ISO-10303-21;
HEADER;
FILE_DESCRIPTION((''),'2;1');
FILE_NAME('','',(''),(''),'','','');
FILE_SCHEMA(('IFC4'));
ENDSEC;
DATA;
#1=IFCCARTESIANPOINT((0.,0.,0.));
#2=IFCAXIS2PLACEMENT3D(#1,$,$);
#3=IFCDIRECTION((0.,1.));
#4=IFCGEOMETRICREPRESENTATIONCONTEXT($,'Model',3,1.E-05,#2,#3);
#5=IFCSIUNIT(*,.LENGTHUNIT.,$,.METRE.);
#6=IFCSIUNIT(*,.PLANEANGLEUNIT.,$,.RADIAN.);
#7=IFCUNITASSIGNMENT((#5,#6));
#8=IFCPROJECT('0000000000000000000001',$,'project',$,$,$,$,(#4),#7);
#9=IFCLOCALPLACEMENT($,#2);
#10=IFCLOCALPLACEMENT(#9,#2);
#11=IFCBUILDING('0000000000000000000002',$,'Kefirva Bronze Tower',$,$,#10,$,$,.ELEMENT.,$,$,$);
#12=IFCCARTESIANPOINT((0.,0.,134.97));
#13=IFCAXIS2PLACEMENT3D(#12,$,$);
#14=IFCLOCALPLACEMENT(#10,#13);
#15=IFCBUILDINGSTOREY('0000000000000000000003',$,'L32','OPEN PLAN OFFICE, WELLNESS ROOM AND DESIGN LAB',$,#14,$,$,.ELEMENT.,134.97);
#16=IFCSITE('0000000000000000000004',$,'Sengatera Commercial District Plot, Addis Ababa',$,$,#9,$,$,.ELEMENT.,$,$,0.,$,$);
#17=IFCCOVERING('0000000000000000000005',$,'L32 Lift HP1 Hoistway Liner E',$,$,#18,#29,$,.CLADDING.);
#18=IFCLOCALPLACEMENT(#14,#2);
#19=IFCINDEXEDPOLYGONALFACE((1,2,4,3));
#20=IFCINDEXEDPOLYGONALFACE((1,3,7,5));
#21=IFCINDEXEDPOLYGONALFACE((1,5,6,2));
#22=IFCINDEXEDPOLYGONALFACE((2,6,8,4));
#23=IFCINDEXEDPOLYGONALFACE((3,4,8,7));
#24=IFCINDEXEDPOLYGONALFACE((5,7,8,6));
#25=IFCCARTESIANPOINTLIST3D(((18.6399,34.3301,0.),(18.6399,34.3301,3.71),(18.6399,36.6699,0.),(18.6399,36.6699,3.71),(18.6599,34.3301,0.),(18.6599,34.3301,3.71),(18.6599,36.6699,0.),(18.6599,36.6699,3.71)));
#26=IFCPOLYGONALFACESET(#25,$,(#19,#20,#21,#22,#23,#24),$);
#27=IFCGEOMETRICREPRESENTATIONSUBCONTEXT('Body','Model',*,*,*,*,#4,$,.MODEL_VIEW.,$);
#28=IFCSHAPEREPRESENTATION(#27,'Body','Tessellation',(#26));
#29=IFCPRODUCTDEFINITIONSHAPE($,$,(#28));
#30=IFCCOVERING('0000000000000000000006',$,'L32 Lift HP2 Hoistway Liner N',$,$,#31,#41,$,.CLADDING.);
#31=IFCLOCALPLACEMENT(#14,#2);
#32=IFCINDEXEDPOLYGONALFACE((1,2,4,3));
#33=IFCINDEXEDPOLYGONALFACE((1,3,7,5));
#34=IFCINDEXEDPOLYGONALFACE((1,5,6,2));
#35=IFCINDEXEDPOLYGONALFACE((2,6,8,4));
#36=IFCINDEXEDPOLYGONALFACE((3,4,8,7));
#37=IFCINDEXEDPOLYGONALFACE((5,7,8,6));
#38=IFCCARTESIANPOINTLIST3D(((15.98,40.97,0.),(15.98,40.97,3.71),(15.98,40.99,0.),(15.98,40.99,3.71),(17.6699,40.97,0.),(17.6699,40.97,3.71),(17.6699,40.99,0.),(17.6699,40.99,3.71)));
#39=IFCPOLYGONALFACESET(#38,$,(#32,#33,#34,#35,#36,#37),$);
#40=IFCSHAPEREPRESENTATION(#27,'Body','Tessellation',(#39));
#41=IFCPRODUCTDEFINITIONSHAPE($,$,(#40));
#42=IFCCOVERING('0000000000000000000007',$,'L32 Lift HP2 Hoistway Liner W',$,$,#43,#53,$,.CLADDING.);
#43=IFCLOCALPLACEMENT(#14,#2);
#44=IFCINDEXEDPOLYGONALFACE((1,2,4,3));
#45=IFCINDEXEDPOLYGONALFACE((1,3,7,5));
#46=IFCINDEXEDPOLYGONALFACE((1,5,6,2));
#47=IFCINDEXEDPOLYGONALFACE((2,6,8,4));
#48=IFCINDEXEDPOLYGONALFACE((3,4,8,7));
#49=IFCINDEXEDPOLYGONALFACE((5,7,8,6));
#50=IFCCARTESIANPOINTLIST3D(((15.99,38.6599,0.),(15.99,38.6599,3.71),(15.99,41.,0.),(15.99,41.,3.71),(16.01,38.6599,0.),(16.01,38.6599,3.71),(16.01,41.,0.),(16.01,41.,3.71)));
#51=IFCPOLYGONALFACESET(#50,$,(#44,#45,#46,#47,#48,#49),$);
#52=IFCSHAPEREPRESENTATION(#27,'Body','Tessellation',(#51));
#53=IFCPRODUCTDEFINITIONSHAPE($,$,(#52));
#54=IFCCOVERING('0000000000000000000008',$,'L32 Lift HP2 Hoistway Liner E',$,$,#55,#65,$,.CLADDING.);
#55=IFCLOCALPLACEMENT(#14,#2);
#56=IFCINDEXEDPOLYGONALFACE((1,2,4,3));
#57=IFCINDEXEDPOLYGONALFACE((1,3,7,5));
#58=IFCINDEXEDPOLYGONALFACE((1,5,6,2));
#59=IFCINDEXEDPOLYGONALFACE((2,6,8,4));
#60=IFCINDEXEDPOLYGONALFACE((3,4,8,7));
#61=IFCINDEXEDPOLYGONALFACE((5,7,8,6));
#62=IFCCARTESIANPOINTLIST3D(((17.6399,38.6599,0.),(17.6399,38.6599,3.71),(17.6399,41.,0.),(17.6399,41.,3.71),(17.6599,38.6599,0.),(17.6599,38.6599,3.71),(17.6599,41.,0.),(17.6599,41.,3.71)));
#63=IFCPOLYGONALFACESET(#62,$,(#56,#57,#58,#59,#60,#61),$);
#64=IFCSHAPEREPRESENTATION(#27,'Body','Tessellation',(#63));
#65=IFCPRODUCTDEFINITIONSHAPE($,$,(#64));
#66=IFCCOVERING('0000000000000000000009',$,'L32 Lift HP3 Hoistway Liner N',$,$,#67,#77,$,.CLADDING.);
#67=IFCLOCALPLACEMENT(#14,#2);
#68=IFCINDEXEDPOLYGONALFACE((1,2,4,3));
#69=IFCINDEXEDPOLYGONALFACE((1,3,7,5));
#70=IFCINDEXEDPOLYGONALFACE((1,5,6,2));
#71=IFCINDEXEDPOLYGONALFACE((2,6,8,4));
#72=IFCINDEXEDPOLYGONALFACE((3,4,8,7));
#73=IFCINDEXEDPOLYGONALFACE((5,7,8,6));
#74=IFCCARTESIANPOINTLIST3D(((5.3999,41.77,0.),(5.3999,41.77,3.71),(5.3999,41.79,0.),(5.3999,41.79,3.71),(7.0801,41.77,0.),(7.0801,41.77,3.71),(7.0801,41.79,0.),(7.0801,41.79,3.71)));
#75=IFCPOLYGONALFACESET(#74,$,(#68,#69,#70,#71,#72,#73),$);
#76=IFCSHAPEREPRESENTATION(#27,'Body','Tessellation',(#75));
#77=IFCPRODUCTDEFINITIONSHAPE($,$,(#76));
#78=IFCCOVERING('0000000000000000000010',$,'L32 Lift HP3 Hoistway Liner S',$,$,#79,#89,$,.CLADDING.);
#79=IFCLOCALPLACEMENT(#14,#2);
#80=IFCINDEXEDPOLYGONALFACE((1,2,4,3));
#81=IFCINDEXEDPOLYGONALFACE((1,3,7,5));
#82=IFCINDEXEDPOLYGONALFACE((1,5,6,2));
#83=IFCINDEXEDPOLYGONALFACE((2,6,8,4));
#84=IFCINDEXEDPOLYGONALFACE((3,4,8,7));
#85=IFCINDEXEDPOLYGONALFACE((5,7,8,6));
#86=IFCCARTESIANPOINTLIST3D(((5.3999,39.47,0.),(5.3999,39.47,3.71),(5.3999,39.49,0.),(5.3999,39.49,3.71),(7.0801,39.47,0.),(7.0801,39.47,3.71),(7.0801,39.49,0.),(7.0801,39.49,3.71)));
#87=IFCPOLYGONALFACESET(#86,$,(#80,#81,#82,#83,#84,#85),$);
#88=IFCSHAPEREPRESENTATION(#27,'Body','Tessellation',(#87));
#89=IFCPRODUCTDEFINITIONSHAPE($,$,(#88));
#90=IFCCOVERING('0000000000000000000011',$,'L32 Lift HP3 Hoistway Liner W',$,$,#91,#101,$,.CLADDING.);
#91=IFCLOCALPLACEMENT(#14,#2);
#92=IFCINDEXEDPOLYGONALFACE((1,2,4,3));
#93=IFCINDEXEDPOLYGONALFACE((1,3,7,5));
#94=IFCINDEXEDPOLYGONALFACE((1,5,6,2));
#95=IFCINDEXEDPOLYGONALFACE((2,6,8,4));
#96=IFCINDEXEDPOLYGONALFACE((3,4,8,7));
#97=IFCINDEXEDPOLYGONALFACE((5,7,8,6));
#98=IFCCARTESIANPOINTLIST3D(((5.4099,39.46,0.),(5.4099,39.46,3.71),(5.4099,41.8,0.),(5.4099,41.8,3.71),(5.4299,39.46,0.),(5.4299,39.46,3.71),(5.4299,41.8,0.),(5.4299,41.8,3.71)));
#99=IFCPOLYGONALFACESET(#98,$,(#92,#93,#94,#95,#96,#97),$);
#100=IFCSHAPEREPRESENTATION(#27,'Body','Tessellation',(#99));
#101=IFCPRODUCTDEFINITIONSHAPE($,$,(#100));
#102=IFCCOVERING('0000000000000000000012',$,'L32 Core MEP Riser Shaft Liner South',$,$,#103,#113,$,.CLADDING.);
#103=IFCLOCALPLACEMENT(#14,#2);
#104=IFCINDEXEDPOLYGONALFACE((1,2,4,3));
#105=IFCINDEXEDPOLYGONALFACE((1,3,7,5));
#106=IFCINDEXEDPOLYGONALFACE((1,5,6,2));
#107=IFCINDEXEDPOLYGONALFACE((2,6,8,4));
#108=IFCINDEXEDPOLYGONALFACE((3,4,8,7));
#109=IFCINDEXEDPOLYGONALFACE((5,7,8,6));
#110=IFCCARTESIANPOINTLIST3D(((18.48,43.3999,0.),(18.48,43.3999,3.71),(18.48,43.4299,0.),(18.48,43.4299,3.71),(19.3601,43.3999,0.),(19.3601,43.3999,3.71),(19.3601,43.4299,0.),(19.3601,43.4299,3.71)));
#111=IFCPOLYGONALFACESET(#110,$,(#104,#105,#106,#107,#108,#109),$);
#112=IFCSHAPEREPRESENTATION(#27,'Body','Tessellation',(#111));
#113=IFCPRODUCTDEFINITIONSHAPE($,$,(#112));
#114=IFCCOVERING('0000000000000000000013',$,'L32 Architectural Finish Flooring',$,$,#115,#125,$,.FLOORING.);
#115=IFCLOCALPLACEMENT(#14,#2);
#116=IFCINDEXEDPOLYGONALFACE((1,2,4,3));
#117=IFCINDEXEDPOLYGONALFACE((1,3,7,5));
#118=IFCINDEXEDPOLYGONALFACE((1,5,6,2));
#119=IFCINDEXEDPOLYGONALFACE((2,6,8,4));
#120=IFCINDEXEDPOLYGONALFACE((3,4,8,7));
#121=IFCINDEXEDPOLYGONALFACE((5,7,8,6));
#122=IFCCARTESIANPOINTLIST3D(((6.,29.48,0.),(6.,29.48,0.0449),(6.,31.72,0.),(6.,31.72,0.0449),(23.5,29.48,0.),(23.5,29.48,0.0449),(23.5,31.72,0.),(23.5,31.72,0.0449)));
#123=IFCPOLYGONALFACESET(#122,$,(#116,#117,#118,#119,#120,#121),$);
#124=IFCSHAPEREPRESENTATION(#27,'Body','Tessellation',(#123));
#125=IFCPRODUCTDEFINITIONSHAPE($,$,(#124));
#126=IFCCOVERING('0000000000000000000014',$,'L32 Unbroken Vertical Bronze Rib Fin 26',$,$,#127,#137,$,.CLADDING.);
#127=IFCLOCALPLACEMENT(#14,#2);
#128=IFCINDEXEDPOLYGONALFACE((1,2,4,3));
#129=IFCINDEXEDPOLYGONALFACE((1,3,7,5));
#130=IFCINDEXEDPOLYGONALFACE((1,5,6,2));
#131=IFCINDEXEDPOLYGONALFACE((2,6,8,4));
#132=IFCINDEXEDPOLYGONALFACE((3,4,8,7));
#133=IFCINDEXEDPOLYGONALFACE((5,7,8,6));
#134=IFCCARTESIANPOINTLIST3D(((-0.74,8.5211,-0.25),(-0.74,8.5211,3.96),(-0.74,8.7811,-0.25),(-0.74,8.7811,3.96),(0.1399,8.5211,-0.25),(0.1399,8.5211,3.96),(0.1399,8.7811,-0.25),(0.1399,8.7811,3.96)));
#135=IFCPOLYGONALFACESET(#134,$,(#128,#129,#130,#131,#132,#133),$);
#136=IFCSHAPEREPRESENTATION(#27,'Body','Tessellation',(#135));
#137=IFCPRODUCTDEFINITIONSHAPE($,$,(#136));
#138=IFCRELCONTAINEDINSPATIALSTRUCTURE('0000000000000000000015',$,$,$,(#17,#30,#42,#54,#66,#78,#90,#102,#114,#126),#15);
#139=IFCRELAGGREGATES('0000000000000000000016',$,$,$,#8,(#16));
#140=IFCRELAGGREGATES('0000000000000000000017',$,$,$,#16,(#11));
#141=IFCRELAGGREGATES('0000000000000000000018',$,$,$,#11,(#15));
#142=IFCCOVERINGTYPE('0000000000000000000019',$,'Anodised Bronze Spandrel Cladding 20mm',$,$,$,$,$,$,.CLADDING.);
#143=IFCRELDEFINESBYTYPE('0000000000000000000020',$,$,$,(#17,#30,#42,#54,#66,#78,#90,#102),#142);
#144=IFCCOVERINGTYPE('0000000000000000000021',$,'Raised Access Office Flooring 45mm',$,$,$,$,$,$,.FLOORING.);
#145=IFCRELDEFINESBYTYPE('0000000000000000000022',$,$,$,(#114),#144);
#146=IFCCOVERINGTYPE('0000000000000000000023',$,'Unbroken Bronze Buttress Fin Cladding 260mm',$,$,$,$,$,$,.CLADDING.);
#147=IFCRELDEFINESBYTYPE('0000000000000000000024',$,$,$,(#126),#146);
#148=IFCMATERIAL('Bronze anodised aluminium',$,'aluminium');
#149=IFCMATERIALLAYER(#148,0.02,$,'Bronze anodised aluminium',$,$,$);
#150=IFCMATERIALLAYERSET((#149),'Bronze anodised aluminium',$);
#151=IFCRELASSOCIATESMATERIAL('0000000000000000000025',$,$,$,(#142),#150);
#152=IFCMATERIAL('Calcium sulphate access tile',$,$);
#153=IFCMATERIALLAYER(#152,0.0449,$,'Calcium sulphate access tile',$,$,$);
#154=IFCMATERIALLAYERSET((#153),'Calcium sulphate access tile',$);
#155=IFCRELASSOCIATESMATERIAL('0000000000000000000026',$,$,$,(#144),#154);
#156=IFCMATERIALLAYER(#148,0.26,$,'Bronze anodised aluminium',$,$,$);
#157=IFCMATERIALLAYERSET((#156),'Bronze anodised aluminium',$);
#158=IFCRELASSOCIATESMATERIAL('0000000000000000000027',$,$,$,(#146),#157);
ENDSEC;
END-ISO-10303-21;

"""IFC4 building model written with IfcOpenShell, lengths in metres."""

from ifc_helpers import new_model, si_unit, direction, frame, origin, origin_2d, place, context, subcontext, project, spatial, polyline, rectangle, outline, extrude, material, layer, layer_set, type_object, element, save


model = new_model("IFC4")

# Units and contexts
model_context = context("Model", 3, precision=1e-05, world=origin(), true_north=direction((0.0, 1.0)))
body_context = subcontext(model_context, "Body", "Model", "MODEL_VIEW")
ifc_project = project(units=[si_unit("LENGTHUNIT", "METRE"), si_unit("PLANEANGLEUNIT", "RADIAN")], contexts=[model_context])

# Site, building, storey
site_placement = place(None, origin())
site = spatial("IfcSite", under=ifc_project, at=site_placement, Name="Sengatera Commercial District Plot, Addis Ababa", CompositionType="ELEMENT", RefElevation=0.0)
building_placement = place(site_placement, origin())
building = spatial("IfcBuilding", under=site, at=building_placement, Name="Kefirva Bronze Tower", CompositionType="ELEMENT")
storey_placement = place(building_placement, frame((0.0, 0.0, 134.97)))
storey = spatial("IfcBuildingStorey", under=building, at=storey_placement, Name="L32", Description="OPEN PLAN OFFICE, WELLNESS ROOM AND DESIGN LAB", CompositionType="ELEMENT", Elevation=134.97)

# Shared definitions
ifc_material_1 = material(Name="Bronze anodised aluminium", Category="aluminium")

# Coverings
ifc_layer_1 = layer(ifc_material_1, 0.02, Name="Bronze anodised aluminium")
ifc_layer_set_1 = layer_set([ifc_layer_1], Name="Bronze anodised aluminium")
covering_type_1 = type_object("IfcCoveringType", Name="Anodised Bronze Spandrel Cladding 20mm", PredefinedType="CLADDING", material=ifc_layer_set_1)
covering_1_placement = place(storey_placement, origin())
element("IfcCovering", 1, at=covering_1_placement, inside=storey, type_object=covering_type_1, Name="L32 Lift HP1 Hoistway Liner E", PredefinedType="CLADDING", context=body_context, shape_type="SweptSolid", body=[
    extrude(outline(polyline([(18.6399, 34.3301), (18.6599, 34.3301), (18.6599, 36.6699), (18.6399, 36.6699), (18.6399, 34.3301)])), origin(), (0.0, 0.0, 1.0), 3.71),
])
covering_2_placement = place(storey_placement, origin())
element("IfcCovering", 2, at=covering_2_placement, inside=storey, type_object=covering_type_1, Name="L32 Lift HP2 Hoistway Liner N", PredefinedType="CLADDING", context=body_context, shape_type="SweptSolid", body=[
    extrude(outline(polyline([(15.98, 40.97), (17.6699, 40.97), (17.6699, 40.99), (15.98, 40.99), (15.98, 40.97)])), origin(), (0.0, 0.0, 1.0), 3.71),
])
covering_3_placement = place(storey_placement, origin())
element("IfcCovering", 3, at=covering_3_placement, inside=storey, type_object=covering_type_1, Name="L32 Lift HP2 Hoistway Liner W", PredefinedType="CLADDING", context=body_context, shape_type="SweptSolid", body=[
    extrude(outline(polyline([(15.99, 38.6599), (16.01, 38.6599), (16.01, 41.0), (15.99, 41.0), (15.99, 38.6599)])), origin(), (0.0, 0.0, 1.0), 3.71),
])
covering_4_placement = place(storey_placement, origin())
element("IfcCovering", 4, at=covering_4_placement, inside=storey, type_object=covering_type_1, Name="L32 Lift HP2 Hoistway Liner E", PredefinedType="CLADDING", context=body_context, shape_type="SweptSolid", body=[
    extrude(outline(polyline([(17.6399, 38.6599), (17.6599, 38.6599), (17.6599, 41.0), (17.6399, 41.0), (17.6399, 38.6599)])), origin(), (0.0, 0.0, 1.0), 3.71),
])
covering_5_placement = place(storey_placement, origin())
element("IfcCovering", 5, at=covering_5_placement, inside=storey, type_object=covering_type_1, Name="L32 Lift HP3 Hoistway Liner N", PredefinedType="CLADDING", context=body_context, shape_type="SweptSolid", body=[
    extrude(outline(polyline([(5.3999, 41.77), (7.0801, 41.77), (7.0801, 41.79), (5.3999, 41.79), (5.3999, 41.77)])), origin(), (0.0, 0.0, 1.0), 3.71),
])
covering_6_placement = place(storey_placement, origin())
element("IfcCovering", 6, at=covering_6_placement, inside=storey, type_object=covering_type_1, Name="L32 Lift HP3 Hoistway Liner S", PredefinedType="CLADDING", context=body_context, shape_type="SweptSolid", body=[
    extrude(outline(polyline([(5.3999, 39.47), (7.0801, 39.47), (7.0801, 39.49), (5.3999, 39.49), (5.3999, 39.47)])), origin(), (0.0, 0.0, 1.0), 3.71),
])
covering_7_placement = place(storey_placement, origin())
element("IfcCovering", 7, at=covering_7_placement, inside=storey, type_object=covering_type_1, Name="L32 Lift HP3 Hoistway Liner W", PredefinedType="CLADDING", context=body_context, shape_type="SweptSolid", body=[
    extrude(outline(polyline([(5.4099, 39.46), (5.4299, 39.46), (5.4299, 41.8), (5.4099, 41.8), (5.4099, 39.46)])), origin(), (0.0, 0.0, 1.0), 3.71),
])
covering_8_placement = place(storey_placement, origin())
element("IfcCovering", 8, at=covering_8_placement, inside=storey, type_object=covering_type_1, Name="L32 Core MEP Riser Shaft Liner South", PredefinedType="CLADDING", context=body_context, shape_type="SweptSolid", body=[
    extrude(outline(polyline([(18.48, 43.3999), (19.3601, 43.3999), (19.3601, 43.4299), (18.48, 43.4299), (18.48, 43.3999)])), origin(), (0.0, 0.0, 1.0), 3.71),
])
ifc_material_2 = material(Name="Calcium sulphate access tile")
ifc_layer_2 = layer(ifc_material_2, 0.0449, Name="Calcium sulphate access tile")
ifc_layer_set_2 = layer_set([ifc_layer_2], Name="Calcium sulphate access tile")
covering_type_2 = type_object("IfcCoveringType", Name="Raised Access Office Flooring 45mm", PredefinedType="FLOORING", material=ifc_layer_set_2)
covering_9_placement = place(storey_placement, origin())
element("IfcCovering", 9, at=covering_9_placement, inside=storey, type_object=covering_type_2, Name="L32 Architectural Finish Flooring", PredefinedType="FLOORING", context=body_context, shape_type="SweptSolid", body=[
    extrude(outline(polyline([(6.0, 29.48), (23.5, 29.48), (23.5, 31.72), (6.0, 31.72), (6.0, 29.48)])), origin(), (0.0, 0.0, 1.0), 0.0449),
])
ifc_layer_3 = layer(ifc_material_1, 0.26, Name="Bronze anodised aluminium")
ifc_layer_set_3 = layer_set([ifc_layer_3], Name="Bronze anodised aluminium")
covering_type_3 = type_object("IfcCoveringType", Name="Unbroken Bronze Buttress Fin Cladding 260mm", PredefinedType="CLADDING", material=ifc_layer_set_3)
covering_10_placement = place(storey_placement, frame((-0.3, 8.6511, -0.25), z_axis=(0.0, 0.0, 1.0), x_axis=(0.0, -1.0, 0.0)))
element("IfcCovering", 10, at=covering_10_placement, inside=storey, type_object=covering_type_3, Name="L32 Unbroken Vertical Bronze Rib Fin 26", PredefinedType="CLADDING", context=body_context, shape_type="SweptSolid", body=[
    extrude(rectangle(XDim=0.26, YDim=0.8799, at=origin_2d()), origin(), (0.0, 0.0, 1.0), 4.21),
])

save(model, "model.ifc")
